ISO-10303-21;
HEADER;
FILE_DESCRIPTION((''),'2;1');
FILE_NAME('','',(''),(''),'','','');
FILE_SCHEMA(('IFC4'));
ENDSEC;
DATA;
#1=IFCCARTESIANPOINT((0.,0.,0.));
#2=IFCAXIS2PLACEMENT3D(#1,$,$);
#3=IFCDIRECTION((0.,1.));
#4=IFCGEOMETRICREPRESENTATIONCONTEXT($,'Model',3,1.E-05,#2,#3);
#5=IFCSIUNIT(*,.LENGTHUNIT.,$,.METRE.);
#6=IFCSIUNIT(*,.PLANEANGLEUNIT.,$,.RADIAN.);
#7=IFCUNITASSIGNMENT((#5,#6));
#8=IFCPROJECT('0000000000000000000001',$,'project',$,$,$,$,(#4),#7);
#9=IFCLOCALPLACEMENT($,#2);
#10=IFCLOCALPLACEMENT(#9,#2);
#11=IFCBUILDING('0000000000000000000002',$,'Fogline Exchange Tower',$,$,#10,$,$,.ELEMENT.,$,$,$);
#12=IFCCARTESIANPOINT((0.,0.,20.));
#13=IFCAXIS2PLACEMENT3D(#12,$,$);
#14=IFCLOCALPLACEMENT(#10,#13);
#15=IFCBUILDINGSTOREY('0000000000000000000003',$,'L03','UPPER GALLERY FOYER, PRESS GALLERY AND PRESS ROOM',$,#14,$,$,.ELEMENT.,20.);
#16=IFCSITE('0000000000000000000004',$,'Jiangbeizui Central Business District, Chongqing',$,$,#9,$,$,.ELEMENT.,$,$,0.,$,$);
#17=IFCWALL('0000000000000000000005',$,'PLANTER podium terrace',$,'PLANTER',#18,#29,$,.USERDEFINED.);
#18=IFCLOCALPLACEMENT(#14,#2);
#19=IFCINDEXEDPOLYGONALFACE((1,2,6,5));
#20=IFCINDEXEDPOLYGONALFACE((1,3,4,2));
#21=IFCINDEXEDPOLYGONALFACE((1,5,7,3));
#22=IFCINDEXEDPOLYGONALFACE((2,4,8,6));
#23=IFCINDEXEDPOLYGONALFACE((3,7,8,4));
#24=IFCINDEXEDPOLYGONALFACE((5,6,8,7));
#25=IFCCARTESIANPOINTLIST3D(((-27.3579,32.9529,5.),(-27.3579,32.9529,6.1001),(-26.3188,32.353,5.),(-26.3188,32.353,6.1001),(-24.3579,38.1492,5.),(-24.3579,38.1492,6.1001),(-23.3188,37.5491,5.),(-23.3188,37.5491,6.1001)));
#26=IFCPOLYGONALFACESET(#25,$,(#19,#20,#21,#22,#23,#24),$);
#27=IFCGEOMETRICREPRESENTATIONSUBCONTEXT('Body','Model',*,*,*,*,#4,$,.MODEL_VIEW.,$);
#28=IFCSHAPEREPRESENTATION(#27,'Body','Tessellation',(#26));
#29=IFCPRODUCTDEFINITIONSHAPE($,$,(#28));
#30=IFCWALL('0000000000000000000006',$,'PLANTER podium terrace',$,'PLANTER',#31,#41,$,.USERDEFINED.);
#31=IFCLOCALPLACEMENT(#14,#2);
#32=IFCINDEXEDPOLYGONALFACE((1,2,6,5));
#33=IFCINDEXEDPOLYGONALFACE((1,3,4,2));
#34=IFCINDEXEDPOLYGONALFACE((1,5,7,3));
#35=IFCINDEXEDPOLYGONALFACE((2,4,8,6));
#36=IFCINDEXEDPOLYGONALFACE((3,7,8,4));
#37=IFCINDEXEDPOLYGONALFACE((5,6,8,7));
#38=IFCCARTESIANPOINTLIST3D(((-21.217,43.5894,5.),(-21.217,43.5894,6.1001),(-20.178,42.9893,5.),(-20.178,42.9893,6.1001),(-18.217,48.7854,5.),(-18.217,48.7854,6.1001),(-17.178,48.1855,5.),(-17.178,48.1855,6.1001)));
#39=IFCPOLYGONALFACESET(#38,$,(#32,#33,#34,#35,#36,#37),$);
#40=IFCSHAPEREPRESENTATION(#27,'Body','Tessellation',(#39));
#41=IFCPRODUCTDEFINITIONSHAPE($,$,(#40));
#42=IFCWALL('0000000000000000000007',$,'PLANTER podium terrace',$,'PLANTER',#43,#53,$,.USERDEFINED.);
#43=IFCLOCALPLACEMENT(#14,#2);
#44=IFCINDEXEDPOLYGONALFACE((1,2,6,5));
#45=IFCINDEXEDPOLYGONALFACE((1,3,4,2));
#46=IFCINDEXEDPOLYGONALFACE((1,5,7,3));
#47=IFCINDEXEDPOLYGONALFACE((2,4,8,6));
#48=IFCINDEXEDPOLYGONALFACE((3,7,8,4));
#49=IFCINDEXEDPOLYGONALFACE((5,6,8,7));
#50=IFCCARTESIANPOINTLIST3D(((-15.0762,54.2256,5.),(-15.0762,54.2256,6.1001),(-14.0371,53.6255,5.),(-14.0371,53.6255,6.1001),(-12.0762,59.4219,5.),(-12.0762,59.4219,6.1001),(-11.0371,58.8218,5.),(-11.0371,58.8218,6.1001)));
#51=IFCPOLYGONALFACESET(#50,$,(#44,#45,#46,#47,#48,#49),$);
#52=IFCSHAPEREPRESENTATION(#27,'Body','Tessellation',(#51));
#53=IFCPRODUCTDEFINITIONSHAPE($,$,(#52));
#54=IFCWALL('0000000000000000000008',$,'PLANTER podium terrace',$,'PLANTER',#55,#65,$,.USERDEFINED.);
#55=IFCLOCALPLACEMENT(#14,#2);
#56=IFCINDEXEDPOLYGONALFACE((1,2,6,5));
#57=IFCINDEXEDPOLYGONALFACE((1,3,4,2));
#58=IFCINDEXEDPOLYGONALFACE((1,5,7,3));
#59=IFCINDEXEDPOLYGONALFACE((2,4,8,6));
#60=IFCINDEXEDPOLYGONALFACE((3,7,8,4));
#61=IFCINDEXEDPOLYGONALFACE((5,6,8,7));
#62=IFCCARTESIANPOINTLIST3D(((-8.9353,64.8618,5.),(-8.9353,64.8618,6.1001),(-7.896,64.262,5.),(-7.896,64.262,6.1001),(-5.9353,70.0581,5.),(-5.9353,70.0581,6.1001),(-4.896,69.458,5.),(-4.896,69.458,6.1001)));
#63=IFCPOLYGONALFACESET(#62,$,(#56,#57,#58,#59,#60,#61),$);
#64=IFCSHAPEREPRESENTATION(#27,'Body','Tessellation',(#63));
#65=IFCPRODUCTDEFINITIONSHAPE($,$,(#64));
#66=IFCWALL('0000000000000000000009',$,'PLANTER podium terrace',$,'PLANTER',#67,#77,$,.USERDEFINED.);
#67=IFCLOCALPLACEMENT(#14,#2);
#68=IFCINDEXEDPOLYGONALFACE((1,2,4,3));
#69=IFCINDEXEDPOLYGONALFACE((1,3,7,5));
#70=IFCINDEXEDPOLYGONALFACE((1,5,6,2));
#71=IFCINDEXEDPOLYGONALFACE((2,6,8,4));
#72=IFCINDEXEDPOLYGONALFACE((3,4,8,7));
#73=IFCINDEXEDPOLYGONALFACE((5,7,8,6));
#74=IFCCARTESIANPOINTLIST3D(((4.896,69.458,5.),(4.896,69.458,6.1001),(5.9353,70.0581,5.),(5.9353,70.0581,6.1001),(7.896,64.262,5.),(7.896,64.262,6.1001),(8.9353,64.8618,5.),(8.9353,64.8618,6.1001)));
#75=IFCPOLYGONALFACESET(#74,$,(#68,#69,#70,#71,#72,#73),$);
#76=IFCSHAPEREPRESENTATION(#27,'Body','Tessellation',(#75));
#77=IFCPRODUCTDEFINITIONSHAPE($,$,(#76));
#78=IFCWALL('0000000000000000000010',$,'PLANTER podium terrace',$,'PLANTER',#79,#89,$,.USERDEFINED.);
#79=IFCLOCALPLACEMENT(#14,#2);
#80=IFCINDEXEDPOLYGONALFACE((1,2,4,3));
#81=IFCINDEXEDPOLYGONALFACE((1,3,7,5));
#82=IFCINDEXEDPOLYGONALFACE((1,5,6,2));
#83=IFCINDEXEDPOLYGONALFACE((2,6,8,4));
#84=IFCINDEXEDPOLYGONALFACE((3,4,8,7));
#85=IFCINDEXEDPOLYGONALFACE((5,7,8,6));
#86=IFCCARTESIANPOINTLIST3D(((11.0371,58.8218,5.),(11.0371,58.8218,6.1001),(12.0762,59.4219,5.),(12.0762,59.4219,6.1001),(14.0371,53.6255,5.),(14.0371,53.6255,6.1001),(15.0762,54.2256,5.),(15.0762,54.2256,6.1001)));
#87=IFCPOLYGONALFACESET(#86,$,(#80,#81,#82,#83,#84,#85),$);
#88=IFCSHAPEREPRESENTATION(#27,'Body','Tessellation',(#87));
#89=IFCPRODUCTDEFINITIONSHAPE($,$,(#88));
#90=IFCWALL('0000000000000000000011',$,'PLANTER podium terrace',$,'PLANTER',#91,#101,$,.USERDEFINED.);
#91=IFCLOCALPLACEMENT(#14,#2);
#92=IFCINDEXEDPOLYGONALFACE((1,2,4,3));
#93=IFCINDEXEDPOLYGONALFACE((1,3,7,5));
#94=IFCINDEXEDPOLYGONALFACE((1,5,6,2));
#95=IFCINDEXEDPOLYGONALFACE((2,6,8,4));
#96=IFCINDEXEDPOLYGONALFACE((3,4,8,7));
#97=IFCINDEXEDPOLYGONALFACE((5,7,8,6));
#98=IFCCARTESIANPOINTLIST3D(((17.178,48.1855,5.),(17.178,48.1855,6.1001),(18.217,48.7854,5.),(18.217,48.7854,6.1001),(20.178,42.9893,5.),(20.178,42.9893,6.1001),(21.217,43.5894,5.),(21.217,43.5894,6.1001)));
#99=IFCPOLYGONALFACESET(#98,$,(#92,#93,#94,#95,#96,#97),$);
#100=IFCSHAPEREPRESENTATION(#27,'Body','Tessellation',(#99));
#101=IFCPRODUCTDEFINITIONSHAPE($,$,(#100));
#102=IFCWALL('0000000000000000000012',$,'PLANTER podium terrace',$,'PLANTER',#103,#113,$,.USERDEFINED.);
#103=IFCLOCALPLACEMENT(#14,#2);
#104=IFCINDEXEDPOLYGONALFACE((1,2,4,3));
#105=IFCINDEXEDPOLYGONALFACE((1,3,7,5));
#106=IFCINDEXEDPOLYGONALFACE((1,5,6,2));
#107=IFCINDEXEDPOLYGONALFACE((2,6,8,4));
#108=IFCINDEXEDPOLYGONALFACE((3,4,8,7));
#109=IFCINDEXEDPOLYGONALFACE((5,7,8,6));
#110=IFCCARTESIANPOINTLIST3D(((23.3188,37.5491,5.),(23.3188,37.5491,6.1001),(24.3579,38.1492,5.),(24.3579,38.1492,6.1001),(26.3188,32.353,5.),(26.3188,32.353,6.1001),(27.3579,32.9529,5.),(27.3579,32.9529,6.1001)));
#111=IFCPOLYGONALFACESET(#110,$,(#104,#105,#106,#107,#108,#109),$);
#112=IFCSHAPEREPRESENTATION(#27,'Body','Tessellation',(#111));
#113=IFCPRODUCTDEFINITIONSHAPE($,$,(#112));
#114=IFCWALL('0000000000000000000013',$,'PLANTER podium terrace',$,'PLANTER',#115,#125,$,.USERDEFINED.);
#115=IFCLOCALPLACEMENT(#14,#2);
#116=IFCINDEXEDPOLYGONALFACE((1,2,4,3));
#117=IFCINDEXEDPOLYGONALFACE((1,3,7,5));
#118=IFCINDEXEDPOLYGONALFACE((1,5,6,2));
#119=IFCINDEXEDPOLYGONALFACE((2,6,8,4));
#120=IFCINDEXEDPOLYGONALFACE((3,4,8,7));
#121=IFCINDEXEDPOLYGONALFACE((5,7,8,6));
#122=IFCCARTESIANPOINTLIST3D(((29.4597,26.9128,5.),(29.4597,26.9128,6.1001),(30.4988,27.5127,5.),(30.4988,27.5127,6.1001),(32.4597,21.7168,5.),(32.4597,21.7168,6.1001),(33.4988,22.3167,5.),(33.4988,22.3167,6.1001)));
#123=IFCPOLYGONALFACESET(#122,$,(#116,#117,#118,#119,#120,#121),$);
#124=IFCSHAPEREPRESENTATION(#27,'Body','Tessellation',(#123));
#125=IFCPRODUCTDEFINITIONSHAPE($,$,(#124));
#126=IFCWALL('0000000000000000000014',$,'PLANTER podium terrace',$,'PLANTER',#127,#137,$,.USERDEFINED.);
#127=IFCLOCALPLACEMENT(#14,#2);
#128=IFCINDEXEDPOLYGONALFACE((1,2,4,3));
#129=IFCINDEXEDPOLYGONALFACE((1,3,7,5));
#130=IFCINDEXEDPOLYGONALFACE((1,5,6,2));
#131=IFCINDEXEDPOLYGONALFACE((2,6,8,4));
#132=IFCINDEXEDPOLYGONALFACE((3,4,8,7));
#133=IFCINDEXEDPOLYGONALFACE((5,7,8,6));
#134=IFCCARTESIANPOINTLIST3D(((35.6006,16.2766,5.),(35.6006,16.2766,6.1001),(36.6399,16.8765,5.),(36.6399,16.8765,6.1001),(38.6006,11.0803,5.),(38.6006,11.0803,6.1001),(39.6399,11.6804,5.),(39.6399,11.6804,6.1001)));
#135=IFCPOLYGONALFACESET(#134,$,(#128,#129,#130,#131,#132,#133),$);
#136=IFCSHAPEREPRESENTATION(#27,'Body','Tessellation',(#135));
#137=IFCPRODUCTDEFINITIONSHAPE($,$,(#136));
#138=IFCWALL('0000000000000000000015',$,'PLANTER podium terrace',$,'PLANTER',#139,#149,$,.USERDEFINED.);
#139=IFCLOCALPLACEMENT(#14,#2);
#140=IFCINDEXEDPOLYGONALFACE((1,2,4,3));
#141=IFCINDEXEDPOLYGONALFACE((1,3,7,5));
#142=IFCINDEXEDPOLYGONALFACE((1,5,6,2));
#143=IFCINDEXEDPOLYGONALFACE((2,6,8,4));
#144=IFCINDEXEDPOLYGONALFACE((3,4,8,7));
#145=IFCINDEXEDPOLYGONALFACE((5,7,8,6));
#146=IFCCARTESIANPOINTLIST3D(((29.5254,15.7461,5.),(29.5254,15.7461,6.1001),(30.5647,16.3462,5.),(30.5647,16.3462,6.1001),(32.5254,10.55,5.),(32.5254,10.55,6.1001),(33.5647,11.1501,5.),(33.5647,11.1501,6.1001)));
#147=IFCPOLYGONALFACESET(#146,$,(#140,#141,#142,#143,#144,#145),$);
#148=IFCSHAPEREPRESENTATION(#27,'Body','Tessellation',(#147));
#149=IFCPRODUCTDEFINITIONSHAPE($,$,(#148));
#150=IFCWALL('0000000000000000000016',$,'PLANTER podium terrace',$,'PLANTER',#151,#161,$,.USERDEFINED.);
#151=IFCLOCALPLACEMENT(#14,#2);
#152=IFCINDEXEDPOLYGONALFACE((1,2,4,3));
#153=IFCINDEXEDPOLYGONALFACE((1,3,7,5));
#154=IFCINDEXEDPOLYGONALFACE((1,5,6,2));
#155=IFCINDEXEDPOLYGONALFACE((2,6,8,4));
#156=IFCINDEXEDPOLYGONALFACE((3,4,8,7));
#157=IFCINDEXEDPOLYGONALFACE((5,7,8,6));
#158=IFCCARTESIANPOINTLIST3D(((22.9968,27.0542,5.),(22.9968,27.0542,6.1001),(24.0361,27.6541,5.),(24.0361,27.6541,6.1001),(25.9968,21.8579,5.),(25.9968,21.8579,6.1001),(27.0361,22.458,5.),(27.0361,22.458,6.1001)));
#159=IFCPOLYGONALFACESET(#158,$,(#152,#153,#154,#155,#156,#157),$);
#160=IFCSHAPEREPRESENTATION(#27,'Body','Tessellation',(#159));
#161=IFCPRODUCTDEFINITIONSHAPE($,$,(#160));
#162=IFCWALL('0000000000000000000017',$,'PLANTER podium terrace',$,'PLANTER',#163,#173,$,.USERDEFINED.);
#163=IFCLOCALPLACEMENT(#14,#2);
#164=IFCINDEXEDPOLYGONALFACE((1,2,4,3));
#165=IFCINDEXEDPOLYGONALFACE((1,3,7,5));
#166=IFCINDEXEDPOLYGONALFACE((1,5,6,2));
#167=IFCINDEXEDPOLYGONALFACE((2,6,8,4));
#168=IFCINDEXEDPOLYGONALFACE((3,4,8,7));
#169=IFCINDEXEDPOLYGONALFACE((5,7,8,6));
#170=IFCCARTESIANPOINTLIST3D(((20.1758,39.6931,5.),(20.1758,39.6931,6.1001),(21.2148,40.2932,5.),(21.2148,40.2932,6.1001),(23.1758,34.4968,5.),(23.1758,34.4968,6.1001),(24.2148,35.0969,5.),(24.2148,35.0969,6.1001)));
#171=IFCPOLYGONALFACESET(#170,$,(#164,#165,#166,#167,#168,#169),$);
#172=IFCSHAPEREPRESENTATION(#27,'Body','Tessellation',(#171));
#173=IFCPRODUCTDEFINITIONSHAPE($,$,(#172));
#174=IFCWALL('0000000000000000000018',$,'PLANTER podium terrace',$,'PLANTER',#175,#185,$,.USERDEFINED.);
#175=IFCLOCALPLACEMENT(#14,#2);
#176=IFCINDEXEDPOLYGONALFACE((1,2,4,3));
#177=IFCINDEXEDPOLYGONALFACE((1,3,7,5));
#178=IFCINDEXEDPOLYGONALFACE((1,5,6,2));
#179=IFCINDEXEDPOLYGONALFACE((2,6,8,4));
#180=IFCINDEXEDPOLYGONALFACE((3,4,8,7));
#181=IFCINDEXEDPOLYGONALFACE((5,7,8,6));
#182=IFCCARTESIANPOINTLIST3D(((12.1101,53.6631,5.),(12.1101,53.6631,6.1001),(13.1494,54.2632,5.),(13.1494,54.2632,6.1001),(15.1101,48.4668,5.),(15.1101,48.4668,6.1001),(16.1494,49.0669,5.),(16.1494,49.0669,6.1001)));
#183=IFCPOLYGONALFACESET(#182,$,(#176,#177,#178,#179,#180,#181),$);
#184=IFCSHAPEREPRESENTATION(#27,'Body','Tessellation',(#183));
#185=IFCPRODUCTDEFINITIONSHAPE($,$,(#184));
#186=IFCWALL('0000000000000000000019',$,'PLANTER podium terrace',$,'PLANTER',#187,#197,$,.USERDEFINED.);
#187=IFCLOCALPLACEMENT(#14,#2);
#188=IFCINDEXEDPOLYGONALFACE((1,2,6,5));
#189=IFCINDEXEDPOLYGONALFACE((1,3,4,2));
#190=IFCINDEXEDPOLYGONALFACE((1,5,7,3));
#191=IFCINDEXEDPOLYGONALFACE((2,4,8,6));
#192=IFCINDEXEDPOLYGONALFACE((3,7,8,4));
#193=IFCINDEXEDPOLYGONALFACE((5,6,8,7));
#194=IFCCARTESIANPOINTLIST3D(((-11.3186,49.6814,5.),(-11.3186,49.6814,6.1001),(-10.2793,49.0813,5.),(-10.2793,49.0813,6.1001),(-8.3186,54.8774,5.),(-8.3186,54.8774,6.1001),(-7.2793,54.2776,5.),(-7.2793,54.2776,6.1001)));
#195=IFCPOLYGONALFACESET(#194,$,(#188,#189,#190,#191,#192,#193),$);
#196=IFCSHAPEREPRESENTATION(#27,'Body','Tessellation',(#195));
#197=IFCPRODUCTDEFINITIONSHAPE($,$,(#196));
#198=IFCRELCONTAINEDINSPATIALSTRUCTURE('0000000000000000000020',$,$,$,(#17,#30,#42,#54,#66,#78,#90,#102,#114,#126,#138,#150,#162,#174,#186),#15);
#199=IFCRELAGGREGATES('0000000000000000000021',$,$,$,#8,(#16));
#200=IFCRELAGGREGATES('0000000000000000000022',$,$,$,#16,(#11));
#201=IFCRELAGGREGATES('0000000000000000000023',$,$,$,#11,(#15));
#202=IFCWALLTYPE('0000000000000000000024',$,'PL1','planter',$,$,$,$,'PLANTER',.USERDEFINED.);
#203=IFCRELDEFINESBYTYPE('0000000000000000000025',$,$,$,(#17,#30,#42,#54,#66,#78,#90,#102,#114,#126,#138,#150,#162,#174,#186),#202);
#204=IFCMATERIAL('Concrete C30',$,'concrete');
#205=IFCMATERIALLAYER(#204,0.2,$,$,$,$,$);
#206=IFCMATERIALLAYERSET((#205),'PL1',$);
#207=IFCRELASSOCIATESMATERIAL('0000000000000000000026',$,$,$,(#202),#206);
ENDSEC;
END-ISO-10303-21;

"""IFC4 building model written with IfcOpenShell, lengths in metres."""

from ifc_helpers import new_model, si_unit, direction, frame, origin, place, context, subcontext, project, spatial, polyline, outline, extrude, material, layer, layer_set, type_object, element, save


model = new_model("IFC4")

# Units and contexts
model_context = context("Model", 3, precision=1e-05, world=origin(), true_north=direction((0.0, 1.0)))
body_context = subcontext(model_context, "Body", "Model", "MODEL_VIEW")
ifc_project = project(units=[si_unit("LENGTHUNIT", "METRE"), si_unit("PLANEANGLEUNIT", "RADIAN")], contexts=[model_context])

# Site, building, storey
site_placement = place(None, origin())
site = spatial("IfcSite", under=ifc_project, at=site_placement, Name="Jiangbeizui Central Business District, Chongqing", CompositionType="ELEMENT", RefElevation=0.0)
building_placement = place(site_placement, origin())
building = spatial("IfcBuilding", under=site, at=building_placement, Name="Fogline Exchange Tower", CompositionType="ELEMENT")
storey_placement = place(building_placement, frame((0.0, 0.0, 20.0)))
storey = spatial("IfcBuildingStorey", under=building, at=storey_placement, Name="L03", Description="UPPER GALLERY FOYER, PRESS GALLERY AND PRESS ROOM", CompositionType="ELEMENT", Elevation=20.0)

# Walls
ifc_material_1 = material(Name="Concrete C30", Category="concrete")
ifc_layer = layer(ifc_material_1, 0.2)
ifc_layer_set = layer_set([ifc_layer], Name="PL1")
wall_type = type_object("IfcWallType", Name="PL1", Description="planter", ElementType="PLANTER", PredefinedType="USERDEFINED", material=ifc_layer_set)
wall_1_placement = place(storey_placement, frame((0.0, 0.0, 5.0)))
element("IfcWall", 1, at=wall_1_placement, inside=storey, type_object=wall_type, Name="PLANTER podium terrace", ObjectType="PLANTER", PredefinedType="USERDEFINED", context=body_context, shape_type="SweptSolid", body=[
    extrude(outline(polyline([(-27.3579, 32.9529), (-26.3188, 32.353), (-23.3188, 37.5491), (-24.3579, 38.1492), (-27.3579, 32.9529)])), origin(), (0.0, 0.0, 1.0), 1.1001),
])
wall_2_placement = place(storey_placement, frame((0.0, 0.0, 5.0)))
element("IfcWall", 2, at=wall_2_placement, inside=storey, type_object=wall_type, Name="PLANTER podium terrace", ObjectType="PLANTER", PredefinedType="USERDEFINED", context=body_context, shape_type="SweptSolid", body=[
    extrude(outline(polyline([(-21.217, 43.5894), (-20.178, 42.9893), (-17.178, 48.1855), (-18.217, 48.7854), (-21.217, 43.5894)])), origin(), (0.0, 0.0, 1.0), 1.1001),
])
wall_3_placement = place(storey_placement, frame((0.0, 0.0, 5.0)))
element("IfcWall", 3, at=wall_3_placement, inside=storey, type_object=wall_type, Name="PLANTER podium terrace", ObjectType="PLANTER", PredefinedType="USERDEFINED", context=body_context, shape_type="SweptSolid", body=[
    extrude(outline(polyline([(-15.0762, 54.2256), (-14.0371, 53.6255), (-11.0371, 58.8218), (-12.0762, 59.4219), (-15.0762, 54.2256)])), origin(), (0.0, 0.0, 1.0), 1.1001),
])
wall_4_placement = place(storey_placement, frame((0.0, 0.0, 5.0)))
element("IfcWall", 4, at=wall_4_placement, inside=storey, type_object=wall_type, Name="PLANTER podium terrace", ObjectType="PLANTER", PredefinedType="USERDEFINED", context=body_context, shape_type="SweptSolid", body=[
    extrude(outline(polyline([(-8.9353, 64.8618), (-7.896, 64.262), (-4.896, 69.458), (-5.9353, 70.0581), (-8.9353, 64.8618)])), origin(), (0.0, 0.0, 1.0), 1.1001),
])
wall_5_placement = place(storey_placement, frame((0.0, 0.0, 5.0)))
element("IfcWall", 5, at=wall_5_placement, inside=storey, type_object=wall_type, Name="PLANTER podium terrace", ObjectType="PLANTER", PredefinedType="USERDEFINED", context=body_context, shape_type="SweptSolid", body=[
    extrude(outline(polyline([(5.9353, 70.0581), (4.896, 69.458), (7.896, 64.262), (8.9353, 64.8618), (5.9353, 70.0581)])), origin(), (0.0, 0.0, 1.0), 1.1001),
])
wall_6_placement = place(storey_placement, frame((0.0, 0.0, 5.0)))
element("IfcWall", 6, at=wall_6_placement, inside=storey, type_object=wall_type, Name="PLANTER podium terrace", ObjectType="PLANTER", PredefinedType="USERDEFINED", context=body_context, shape_type="SweptSolid", body=[
    extrude(outline(polyline([(12.0762, 59.4219), (11.0371, 58.8218), (14.0371, 53.6255), (15.0762, 54.2256), (12.0762, 59.4219)])), origin(), (0.0, 0.0, 1.0), 1.1001),
])
wall_7_placement = place(storey_placement, frame((0.0, 0.0, 5.0)))
element("IfcWall", 7, at=wall_7_placement, inside=storey, type_object=wall_type, Name="PLANTER podium terrace", ObjectType="PLANTER", PredefinedType="USERDEFINED", context=body_context, shape_type="SweptSolid", body=[
    extrude(outline(polyline([(18.217, 48.7854), (17.178, 48.1855), (20.178, 42.9893), (21.217, 43.5894), (18.217, 48.7854)])), origin(), (0.0, 0.0, 1.0), 1.1001),
])
wall_8_placement = place(storey_placement, frame((0.0, 0.0, 5.0)))
element("IfcWall", 8, at=wall_8_placement, inside=storey, type_object=wall_type, Name="PLANTER podium terrace", ObjectType="PLANTER", PredefinedType="USERDEFINED", context=body_context, shape_type="SweptSolid", body=[
    extrude(outline(polyline([(24.3579, 38.1492), (23.3188, 37.5491), (26.3188, 32.353), (27.3579, 32.9529), (24.3579, 38.1492)])), origin(), (0.0, 0.0, 1.0), 1.1001),
])
wall_9_placement = place(storey_placement, frame((0.0, 0.0, 5.0)))
element("IfcWall", 9, at=wall_9_placement, inside=storey, type_object=wall_type, Name="PLANTER podium terrace", ObjectType="PLANTER", PredefinedType="USERDEFINED", context=body_context, shape_type="SweptSolid", body=[
    extrude(outline(polyline([(30.4988, 27.5127), (29.4597, 26.9128), (32.4597, 21.7168), (33.4988, 22.3167), (30.4988, 27.5127)])), origin(), (0.0, 0.0, 1.0), 1.1001),
])
wall_10_placement = place(storey_placement, frame((0.0, 0.0, 5.0)))
element("IfcWall", 10, at=wall_10_placement, inside=storey, type_object=wall_type, Name="PLANTER podium terrace", ObjectType="PLANTER", PredefinedType="USERDEFINED", context=body_context, shape_type="SweptSolid", body=[
    extrude(outline(polyline([(36.6399, 16.8765), (35.6006, 16.2766), (38.6006, 11.0803), (39.6399, 11.6804), (36.6399, 16.8765)])), origin(), (0.0, 0.0, 1.0), 1.1001),
])
wall_11_placement = place(storey_placement, frame((0.0, 0.0, 5.0)))
element("IfcWall", 11, at=wall_11_placement, inside=storey, type_object=wall_type, Name="PLANTER podium terrace", ObjectType="PLANTER", PredefinedType="USERDEFINED", context=body_context, shape_type="SweptSolid", body=[
    extrude(outline(polyline([(32.5254, 10.55), (33.5647, 11.1501), (30.5647, 16.3462), (29.5254, 15.7461), (32.5254, 10.55)])), origin(), (0.0, 0.0, 1.0), 1.1001),
])
wall_12_placement = place(storey_placement, frame((0.0, 0.0, 5.0)))
element("IfcWall", 12, at=wall_12_placement, inside=storey, type_object=wall_type, Name="PLANTER podium terrace", ObjectType="PLANTER", PredefinedType="USERDEFINED", context=body_context, shape_type="SweptSolid", body=[
    extrude(outline(polyline([(25.9968, 21.8579), (27.0361, 22.458), (24.0361, 27.6541), (22.9968, 27.0542), (25.9968, 21.8579)])), origin(), (0.0, 0.0, 1.0), 1.1001),
])
wall_13_placement = place(storey_placement, frame((0.0, 0.0, 5.0)))
element("IfcWall", 13, at=wall_13_placement, inside=storey, type_object=wall_type, Name="PLANTER podium terrace", ObjectType="PLANTER", PredefinedType="USERDEFINED", context=body_context, shape_type="SweptSolid", body=[
    extrude(outline(polyline([(23.1758, 34.4968), (24.2148, 35.0969), (21.2148, 40.2932), (20.1758, 39.6931), (23.1758, 34.4968)])), origin(), (0.0, 0.0, 1.0), 1.1001),
])
wall_14_placement = place(storey_placement, frame((0.0, 0.0, 5.0)))
element("IfcWall", 14, at=wall_14_placement, inside=storey, type_object=wall_type, Name="PLANTER podium terrace", ObjectType="PLANTER", PredefinedType="USERDEFINED", context=body_context, shape_type="SweptSolid", body=[
    extrude(outline(polyline([(15.1101, 48.4668), (16.1494, 49.0669), (13.1494, 54.2632), (12.1101, 53.6631), (15.1101, 48.4668)])), origin(), (0.0, 0.0, 1.0), 1.1001),
])
wall_15_placement = place(storey_placement, frame((0.0, 0.0, 5.0)))
element("IfcWall", 15, at=wall_15_placement, inside=storey, type_object=wall_type, Name="PLANTER podium terrace", ObjectType="PLANTER", PredefinedType="USERDEFINED", context=body_context, shape_type="SweptSolid", body=[
    extrude(outline(polyline([(-7.2793, 54.2776), (-8.3186, 54.8774), (-11.3186, 49.6814), (-10.2793, 49.0813), (-7.2793, 54.2776)])), origin(), (0.0, 0.0, 1.0), 1.1001),
])

save(model, "model.ifc")
